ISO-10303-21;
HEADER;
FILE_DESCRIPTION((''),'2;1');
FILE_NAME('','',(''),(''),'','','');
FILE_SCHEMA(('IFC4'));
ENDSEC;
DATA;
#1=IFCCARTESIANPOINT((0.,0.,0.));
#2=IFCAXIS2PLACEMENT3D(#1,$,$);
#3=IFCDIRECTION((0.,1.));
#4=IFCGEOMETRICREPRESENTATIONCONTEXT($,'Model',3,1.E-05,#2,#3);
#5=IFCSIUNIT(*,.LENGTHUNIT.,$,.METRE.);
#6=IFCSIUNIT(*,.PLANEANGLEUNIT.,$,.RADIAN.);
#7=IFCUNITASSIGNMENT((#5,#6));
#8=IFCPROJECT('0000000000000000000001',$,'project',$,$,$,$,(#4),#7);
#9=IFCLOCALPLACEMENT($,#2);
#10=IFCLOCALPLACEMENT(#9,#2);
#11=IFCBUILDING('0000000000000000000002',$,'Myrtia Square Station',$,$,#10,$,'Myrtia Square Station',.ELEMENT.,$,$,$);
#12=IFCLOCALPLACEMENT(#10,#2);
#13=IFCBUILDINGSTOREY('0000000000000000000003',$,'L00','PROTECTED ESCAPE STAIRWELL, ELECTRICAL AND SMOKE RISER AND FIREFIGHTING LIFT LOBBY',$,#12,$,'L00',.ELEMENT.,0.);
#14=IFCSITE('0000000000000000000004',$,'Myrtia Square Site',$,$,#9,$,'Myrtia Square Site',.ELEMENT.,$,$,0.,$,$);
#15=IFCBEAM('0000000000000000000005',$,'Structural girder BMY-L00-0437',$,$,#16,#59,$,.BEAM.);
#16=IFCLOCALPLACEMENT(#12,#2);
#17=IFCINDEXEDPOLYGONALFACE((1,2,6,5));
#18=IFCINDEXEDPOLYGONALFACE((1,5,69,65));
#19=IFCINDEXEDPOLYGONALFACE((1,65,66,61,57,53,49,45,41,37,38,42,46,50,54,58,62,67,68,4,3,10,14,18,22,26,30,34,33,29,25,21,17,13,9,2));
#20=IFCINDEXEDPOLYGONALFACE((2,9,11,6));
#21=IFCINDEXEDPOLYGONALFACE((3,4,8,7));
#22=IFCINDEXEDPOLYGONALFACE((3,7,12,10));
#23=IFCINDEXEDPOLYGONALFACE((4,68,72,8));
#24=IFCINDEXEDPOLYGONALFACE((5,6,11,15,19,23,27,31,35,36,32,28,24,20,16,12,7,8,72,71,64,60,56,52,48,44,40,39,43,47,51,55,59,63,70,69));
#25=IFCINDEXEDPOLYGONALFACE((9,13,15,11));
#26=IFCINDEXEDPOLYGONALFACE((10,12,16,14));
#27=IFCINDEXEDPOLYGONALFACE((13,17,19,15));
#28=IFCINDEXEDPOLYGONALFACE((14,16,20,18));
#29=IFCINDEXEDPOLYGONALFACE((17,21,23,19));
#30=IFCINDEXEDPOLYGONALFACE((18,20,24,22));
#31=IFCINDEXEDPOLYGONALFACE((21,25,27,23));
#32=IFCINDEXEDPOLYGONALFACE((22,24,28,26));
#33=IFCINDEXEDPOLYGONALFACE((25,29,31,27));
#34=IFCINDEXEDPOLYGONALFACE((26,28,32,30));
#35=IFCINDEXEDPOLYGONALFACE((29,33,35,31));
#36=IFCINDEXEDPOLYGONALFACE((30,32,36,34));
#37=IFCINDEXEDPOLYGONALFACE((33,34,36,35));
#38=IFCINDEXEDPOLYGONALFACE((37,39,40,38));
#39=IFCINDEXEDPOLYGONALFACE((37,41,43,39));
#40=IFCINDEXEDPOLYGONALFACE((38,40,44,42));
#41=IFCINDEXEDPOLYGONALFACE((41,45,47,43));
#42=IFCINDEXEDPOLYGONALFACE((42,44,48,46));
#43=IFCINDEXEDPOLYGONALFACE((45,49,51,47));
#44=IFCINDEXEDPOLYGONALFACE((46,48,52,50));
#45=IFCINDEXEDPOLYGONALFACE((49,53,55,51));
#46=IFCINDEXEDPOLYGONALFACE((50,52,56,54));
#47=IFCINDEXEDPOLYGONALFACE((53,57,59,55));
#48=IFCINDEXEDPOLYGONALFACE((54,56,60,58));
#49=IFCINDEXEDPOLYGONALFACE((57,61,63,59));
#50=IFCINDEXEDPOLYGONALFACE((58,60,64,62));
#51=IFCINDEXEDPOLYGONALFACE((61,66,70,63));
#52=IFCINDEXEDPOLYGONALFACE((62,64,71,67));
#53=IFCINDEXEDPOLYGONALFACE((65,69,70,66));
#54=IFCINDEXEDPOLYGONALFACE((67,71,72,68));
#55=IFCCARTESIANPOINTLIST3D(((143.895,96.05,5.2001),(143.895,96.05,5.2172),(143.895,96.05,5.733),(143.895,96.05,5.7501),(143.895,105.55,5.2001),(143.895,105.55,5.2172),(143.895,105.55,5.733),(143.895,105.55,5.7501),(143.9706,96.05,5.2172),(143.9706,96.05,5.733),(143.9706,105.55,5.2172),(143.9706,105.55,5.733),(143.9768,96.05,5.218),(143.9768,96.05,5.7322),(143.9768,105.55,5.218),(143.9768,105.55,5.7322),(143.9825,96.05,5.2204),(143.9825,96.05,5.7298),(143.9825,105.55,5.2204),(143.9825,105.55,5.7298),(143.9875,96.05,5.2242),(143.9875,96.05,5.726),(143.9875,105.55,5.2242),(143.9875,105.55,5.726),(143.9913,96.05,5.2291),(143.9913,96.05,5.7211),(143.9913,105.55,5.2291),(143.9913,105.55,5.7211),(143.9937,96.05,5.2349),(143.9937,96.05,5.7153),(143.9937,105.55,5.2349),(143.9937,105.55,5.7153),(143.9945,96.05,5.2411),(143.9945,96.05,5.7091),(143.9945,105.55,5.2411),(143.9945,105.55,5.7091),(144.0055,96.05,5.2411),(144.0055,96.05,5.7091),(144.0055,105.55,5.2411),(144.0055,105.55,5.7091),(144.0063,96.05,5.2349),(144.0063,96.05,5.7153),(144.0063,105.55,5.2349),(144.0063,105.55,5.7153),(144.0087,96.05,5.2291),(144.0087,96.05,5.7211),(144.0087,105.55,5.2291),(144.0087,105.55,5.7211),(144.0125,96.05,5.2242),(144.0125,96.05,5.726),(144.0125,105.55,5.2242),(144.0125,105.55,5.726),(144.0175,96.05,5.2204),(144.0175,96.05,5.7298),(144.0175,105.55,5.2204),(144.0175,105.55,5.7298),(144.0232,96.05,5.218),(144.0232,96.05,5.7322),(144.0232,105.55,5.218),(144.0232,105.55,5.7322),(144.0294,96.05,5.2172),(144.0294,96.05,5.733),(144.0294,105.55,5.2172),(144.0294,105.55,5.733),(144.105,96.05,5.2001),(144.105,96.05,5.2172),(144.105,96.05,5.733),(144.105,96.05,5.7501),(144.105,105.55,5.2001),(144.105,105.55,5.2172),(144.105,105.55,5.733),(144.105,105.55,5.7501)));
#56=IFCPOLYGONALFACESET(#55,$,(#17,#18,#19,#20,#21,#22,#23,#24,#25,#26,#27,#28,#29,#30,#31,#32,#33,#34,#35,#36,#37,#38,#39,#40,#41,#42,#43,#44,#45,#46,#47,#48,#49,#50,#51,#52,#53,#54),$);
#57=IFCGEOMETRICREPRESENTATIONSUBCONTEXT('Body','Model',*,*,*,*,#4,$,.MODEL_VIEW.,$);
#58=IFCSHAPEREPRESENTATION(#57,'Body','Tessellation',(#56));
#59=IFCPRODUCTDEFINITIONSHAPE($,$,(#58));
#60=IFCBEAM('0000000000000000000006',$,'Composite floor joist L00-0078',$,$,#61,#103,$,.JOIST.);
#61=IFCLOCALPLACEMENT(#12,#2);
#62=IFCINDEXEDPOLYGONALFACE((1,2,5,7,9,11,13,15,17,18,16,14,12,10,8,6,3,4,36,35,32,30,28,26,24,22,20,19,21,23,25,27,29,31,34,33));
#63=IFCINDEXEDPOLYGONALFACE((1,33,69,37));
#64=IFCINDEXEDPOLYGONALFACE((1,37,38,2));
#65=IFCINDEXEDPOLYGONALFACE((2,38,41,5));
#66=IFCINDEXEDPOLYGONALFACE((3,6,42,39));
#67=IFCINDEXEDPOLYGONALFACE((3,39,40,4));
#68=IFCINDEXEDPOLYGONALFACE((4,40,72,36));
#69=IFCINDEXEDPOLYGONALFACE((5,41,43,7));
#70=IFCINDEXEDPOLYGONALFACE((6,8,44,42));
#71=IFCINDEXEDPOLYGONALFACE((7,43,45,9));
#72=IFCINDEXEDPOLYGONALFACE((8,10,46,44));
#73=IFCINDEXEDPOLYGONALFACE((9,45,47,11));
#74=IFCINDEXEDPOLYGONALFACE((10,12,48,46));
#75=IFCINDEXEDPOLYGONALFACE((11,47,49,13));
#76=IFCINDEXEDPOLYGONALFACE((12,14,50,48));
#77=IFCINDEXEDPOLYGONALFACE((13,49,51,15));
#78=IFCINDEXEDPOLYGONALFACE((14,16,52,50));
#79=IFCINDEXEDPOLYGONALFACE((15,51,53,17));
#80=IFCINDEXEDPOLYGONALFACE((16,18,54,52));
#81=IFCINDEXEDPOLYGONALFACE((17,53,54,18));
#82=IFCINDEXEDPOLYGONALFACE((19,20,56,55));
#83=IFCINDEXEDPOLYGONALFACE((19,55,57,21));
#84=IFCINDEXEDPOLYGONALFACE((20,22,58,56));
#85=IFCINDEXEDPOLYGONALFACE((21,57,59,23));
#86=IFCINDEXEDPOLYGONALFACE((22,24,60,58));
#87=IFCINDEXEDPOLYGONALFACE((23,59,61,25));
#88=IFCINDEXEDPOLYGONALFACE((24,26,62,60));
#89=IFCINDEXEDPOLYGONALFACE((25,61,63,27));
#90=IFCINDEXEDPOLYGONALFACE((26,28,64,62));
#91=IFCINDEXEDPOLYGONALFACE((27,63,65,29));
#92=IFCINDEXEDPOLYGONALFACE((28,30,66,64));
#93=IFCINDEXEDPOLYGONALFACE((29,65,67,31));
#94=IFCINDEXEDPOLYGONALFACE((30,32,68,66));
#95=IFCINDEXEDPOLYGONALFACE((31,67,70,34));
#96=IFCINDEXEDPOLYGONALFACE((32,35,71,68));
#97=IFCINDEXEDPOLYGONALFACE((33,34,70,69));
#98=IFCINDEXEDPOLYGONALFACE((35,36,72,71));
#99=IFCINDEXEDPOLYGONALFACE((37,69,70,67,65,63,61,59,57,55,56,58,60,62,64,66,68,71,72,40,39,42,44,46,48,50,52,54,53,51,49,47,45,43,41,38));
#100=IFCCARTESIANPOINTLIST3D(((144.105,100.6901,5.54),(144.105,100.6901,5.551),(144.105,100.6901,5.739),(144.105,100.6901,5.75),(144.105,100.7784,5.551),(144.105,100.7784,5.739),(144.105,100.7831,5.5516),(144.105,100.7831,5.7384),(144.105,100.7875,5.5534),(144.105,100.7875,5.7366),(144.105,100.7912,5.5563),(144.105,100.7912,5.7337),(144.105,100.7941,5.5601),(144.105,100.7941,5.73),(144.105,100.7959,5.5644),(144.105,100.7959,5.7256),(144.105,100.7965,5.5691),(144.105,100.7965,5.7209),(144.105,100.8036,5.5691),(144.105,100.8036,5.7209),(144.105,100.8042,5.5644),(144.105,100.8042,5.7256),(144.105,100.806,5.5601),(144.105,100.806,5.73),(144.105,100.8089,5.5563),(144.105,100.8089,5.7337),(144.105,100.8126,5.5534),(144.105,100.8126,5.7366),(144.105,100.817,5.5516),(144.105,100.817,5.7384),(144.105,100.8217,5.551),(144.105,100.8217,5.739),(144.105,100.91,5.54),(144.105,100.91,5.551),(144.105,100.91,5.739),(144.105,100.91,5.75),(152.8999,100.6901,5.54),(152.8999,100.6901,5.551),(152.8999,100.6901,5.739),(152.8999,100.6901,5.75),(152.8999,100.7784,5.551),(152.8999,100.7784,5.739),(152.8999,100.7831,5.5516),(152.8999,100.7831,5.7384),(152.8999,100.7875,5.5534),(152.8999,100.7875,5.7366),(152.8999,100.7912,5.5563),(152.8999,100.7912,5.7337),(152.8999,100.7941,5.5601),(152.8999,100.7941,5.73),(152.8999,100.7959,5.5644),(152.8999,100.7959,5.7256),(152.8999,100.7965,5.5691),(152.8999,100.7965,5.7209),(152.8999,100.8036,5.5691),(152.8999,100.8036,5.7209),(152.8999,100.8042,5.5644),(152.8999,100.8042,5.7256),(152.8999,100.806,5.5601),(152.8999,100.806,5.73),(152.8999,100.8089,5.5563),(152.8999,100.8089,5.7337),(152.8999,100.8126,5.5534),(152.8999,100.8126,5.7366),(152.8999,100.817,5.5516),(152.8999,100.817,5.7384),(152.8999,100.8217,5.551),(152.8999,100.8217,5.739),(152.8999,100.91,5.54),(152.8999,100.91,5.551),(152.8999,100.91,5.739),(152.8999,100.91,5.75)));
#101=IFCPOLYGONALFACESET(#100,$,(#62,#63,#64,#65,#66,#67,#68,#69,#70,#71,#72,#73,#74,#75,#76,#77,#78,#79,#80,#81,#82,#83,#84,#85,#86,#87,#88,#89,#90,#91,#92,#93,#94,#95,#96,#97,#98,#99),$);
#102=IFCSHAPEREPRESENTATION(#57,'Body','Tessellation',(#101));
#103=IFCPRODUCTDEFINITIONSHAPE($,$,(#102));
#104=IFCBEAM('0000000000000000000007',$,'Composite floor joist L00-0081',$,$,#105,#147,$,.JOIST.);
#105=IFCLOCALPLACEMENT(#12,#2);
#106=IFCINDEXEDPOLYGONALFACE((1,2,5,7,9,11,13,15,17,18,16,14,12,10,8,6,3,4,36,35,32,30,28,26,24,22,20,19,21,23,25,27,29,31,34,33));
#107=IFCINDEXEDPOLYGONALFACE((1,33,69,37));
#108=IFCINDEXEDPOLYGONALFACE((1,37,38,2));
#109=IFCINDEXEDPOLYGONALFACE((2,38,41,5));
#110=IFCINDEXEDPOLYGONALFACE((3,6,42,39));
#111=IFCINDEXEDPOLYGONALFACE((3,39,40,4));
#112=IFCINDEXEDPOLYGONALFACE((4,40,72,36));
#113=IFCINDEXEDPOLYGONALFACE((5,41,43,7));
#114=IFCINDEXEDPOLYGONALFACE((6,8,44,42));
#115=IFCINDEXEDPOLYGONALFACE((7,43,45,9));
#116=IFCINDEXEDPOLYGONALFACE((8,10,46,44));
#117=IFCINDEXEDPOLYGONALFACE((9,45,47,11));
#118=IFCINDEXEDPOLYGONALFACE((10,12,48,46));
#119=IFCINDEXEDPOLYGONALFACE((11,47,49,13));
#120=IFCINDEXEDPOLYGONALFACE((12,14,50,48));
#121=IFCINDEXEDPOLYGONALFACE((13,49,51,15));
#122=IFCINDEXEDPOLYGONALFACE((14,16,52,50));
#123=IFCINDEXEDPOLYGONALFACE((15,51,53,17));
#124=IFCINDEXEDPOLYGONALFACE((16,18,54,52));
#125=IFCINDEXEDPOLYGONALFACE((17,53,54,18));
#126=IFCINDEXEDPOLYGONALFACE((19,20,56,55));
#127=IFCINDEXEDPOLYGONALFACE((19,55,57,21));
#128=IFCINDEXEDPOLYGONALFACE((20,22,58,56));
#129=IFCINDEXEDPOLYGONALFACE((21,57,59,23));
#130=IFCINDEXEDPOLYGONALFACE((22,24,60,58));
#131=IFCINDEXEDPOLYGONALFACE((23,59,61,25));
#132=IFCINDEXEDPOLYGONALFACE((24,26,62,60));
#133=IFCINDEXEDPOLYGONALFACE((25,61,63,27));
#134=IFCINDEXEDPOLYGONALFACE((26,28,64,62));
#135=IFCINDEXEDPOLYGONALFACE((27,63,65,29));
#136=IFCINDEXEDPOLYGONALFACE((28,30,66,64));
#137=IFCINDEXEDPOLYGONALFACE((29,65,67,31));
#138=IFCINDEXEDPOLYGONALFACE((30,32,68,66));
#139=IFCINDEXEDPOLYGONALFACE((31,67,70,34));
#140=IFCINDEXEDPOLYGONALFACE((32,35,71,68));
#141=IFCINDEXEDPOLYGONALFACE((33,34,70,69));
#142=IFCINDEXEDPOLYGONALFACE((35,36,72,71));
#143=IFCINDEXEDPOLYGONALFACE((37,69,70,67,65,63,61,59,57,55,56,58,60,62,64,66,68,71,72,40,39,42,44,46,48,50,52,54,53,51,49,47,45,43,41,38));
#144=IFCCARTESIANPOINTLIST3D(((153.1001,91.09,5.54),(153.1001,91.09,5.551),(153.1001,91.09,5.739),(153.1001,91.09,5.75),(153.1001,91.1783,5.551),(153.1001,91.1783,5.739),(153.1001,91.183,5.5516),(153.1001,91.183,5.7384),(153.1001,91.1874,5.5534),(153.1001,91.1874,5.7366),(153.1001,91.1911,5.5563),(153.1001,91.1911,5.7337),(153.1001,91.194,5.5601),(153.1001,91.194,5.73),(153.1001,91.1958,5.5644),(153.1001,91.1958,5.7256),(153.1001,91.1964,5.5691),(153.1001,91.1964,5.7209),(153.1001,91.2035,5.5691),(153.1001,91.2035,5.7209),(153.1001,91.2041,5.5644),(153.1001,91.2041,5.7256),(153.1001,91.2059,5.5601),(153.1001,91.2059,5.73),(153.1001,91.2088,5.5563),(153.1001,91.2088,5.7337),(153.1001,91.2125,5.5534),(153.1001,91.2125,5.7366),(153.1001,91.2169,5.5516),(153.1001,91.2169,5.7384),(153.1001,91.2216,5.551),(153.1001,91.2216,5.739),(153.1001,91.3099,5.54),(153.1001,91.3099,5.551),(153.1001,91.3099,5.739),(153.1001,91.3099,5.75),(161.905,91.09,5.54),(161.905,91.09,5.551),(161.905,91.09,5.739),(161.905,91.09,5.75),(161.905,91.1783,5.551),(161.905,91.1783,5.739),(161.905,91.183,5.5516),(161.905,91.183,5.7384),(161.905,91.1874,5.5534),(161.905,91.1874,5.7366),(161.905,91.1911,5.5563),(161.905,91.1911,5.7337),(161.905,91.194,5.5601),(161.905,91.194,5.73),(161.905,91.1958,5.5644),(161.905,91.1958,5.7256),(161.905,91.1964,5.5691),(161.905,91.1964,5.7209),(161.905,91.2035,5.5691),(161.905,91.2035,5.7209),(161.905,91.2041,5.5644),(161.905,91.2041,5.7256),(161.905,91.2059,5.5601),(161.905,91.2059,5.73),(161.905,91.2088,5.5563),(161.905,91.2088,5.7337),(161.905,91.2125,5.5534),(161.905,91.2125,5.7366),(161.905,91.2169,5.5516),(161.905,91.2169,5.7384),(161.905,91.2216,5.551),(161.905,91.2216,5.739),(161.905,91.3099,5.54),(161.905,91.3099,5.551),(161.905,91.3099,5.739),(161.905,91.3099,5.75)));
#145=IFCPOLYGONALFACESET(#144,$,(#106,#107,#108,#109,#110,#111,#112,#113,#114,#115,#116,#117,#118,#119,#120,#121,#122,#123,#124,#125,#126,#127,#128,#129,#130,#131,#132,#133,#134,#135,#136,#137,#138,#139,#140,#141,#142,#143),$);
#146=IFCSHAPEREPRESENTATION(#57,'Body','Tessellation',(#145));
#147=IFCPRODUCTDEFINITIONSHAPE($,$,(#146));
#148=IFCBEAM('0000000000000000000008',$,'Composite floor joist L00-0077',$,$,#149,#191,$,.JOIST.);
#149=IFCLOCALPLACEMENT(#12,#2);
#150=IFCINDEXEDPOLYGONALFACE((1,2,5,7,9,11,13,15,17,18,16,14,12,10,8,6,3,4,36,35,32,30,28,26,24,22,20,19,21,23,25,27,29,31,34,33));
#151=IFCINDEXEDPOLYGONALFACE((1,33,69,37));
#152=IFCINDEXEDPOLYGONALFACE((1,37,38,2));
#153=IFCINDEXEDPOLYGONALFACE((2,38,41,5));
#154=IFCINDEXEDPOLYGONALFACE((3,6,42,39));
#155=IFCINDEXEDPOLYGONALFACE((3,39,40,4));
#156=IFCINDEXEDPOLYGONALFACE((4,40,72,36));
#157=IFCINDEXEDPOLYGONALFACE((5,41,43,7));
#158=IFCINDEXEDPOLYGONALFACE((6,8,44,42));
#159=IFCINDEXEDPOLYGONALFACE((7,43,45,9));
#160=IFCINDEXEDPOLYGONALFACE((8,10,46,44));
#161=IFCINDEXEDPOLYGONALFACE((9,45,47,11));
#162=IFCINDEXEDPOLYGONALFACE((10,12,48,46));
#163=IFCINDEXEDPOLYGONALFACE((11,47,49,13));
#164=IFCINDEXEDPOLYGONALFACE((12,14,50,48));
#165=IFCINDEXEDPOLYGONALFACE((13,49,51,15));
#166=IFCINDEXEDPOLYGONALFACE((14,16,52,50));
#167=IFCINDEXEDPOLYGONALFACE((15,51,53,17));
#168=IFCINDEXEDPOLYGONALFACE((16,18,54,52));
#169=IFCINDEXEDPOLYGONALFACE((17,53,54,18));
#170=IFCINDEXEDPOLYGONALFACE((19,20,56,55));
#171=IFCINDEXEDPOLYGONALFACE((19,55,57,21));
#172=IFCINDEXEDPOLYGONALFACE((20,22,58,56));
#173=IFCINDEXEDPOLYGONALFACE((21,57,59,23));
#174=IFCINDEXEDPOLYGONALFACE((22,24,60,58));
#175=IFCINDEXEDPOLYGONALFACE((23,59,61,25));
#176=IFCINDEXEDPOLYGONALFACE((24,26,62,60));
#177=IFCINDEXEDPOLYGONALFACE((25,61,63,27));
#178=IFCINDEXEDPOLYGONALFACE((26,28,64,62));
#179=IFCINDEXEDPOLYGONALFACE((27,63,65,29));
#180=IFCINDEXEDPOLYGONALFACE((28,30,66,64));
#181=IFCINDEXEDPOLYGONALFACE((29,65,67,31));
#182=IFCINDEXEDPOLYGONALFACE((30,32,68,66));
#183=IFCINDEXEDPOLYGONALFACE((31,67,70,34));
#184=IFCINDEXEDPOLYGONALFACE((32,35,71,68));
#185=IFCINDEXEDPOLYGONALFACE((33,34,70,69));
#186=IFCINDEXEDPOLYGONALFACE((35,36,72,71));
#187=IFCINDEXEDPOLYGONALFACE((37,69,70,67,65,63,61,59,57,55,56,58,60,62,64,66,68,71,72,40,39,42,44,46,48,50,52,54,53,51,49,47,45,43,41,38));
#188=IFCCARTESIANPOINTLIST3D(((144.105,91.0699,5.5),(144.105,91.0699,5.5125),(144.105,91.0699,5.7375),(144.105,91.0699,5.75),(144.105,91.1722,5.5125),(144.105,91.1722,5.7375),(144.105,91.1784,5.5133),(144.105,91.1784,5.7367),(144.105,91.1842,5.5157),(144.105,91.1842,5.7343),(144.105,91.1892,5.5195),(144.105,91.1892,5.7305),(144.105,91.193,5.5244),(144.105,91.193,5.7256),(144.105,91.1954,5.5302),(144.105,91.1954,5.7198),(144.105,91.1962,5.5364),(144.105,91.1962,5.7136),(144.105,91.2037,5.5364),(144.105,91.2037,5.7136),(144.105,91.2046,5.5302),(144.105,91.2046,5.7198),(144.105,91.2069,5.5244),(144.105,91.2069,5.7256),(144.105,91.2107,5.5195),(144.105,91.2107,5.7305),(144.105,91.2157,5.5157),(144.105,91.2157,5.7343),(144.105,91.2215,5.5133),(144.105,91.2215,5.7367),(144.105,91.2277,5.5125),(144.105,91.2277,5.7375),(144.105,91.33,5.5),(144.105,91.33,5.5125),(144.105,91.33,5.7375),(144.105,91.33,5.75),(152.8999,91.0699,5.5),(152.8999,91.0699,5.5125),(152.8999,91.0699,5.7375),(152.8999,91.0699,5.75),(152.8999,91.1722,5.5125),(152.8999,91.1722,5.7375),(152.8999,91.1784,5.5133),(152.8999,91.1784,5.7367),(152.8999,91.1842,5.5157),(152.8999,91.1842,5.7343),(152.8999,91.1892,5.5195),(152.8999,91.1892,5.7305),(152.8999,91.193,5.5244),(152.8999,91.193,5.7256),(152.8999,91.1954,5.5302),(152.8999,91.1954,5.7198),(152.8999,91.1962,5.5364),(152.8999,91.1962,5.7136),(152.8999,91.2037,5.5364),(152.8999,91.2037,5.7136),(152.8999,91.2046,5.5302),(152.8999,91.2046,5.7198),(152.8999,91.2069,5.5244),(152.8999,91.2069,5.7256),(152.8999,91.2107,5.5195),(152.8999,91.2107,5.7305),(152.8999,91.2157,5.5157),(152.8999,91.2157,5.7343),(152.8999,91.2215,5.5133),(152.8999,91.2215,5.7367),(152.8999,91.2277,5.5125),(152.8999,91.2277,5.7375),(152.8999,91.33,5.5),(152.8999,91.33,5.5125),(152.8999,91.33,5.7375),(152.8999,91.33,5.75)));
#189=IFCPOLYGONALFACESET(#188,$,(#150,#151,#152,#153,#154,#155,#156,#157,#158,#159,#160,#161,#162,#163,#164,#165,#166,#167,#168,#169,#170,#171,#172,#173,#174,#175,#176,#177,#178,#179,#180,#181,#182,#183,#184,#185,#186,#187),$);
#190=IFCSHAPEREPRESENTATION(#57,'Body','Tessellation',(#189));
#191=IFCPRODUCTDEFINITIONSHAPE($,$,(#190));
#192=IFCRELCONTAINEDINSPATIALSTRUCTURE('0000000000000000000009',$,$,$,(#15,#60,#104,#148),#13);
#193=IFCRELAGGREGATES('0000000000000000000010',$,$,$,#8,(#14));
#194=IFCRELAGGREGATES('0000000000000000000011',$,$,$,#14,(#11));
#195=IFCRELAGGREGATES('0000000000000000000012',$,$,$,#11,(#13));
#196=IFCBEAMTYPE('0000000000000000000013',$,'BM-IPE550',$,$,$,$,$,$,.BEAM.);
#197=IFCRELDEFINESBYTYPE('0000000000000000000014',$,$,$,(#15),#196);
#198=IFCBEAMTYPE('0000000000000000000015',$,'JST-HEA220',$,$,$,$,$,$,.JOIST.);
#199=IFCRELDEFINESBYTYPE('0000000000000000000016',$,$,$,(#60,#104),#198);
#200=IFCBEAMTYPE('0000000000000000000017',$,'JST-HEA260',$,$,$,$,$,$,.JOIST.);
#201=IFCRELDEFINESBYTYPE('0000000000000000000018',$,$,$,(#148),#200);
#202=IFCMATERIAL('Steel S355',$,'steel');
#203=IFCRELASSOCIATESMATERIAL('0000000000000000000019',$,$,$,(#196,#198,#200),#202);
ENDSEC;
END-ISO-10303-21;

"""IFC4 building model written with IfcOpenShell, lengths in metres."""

from ifc_helpers import new_model, si_unit, direction, frame, origin, origin_2d, place, context, subcontext, project, spatial, i_section, extrude, material, material_profile, profile_set, type_object, element, save


model = new_model("IFC4")

# Units and contexts
model_context = context("Model", 3, precision=1e-05, world=origin(), true_north=direction((0.0, 1.0)))
body_context = subcontext(model_context, "Body", "Model", "MODEL_VIEW")
ifc_project = project(units=[si_unit("LENGTHUNIT", "METRE"), si_unit("PLANEANGLEUNIT", "RADIAN")], contexts=[model_context])

# Site, building, storey
site_placement = place(None, origin())
site = spatial("IfcSite", under=ifc_project, at=site_placement, Name="Myrtia Square Site", LongName="Myrtia Square Site", CompositionType="ELEMENT", RefElevation=0.0)
building_placement = place(site_placement, origin())
building = spatial("IfcBuilding", under=site, at=building_placement, Name="Myrtia Square Station", LongName="Myrtia Square Station", CompositionType="ELEMENT")
storey_placement = place(building_placement, origin())
storey = spatial("IfcBuildingStorey", under=building, at=storey_placement, Name="L00", Description="PROTECTED ESCAPE STAIRWELL, ELECTRICAL AND SMOKE RISER AND FIREFIGHTING LIFT LOBBY", LongName="L00", CompositionType="ELEMENT", Elevation=0.0)

# Shared definitions
ifc_material_1 = material(Name="Steel S355", Category="steel")

# Beams
ifc_material_profile_1 = material_profile(ifc_material_1, i_section(OverallWidth=0.21, OverallDepth=0.55, WebThickness=0.011, FlangeThickness=0.0171, FilletRadius=0.0239, at=origin_2d()), Name="IPE 550")
ifc_profile_set_1 = profile_set([ifc_material_profile_1], Name="Steel S355")
beam_type_1 = type_object("IfcBeamType", Name="BM-IPE550", PredefinedType="BEAM", material=ifc_profile_set_1)
for number, where, z_axis, x_axis, name in (
    (1, (144.0, 96.05, 5.4751), (0.0, 1.0, 0.0), (-1.0, 0.0, 0.0), "Structural girder BMY-L00-0437"),
):
    element("IfcBeam", number, at=place(storey_placement, frame(where, z_axis=z_axis, x_axis=x_axis)), inside=storey, type_object=beam_type_1, Name=name, PredefinedType="BEAM", context=body_context, shape_type="SweptSolid", body=[
        extrude(i_section(OverallWidth=0.21, OverallDepth=0.55, WebThickness=0.011, FlangeThickness=0.0171, FilletRadius=0.0239, at=origin_2d()), origin(), (0.0, 0.0, 1.0), 9.5),
    ])
ifc_material_profile_2 = material_profile(ifc_material_1, i_section(OverallWidth=0.22, OverallDepth=0.21, WebThickness=0.0071, FlangeThickness=0.011, FilletRadius=0.0181, at=origin_2d()), Name="HEA 220")
ifc_profile_set_2 = profile_set([ifc_material_profile_2], Name="Steel S355")
beam_type_2 = type_object("IfcBeamType", Name="JST-HEA220", PredefinedType="JOIST", material=ifc_profile_set_2)
beam_1_placement = place(storey_placement, frame((144.105, 100.8, 5.645), z_axis=(1.0, 0.0, 0.0), x_axis=(0.0, 1.0, 0.0)))
element("IfcBeam", 2, at=beam_1_placement, inside=storey, type_object=beam_type_2, Name="Composite floor joist L00-0078", PredefinedType="JOIST", context=body_context, shape_type="SweptSolid", body=[
    extrude(i_section(OverallWidth=0.22, OverallDepth=0.21, WebThickness=0.0071, FlangeThickness=0.011, FilletRadius=0.0181, at=origin_2d()), origin(), (0.0, 0.0, 1.0), 8.7949),
])
beam_2_placement = place(storey_placement, frame((153.1001, 91.2, 5.645), z_axis=(1.0, 0.0, 0.0), x_axis=(0.0, 1.0, 0.0)))
element("IfcBeam", 3, at=beam_2_placement, inside=storey, type_object=beam_type_2, Name="Composite floor joist L00-0081", PredefinedType="JOIST", context=body_context, shape_type="SweptSolid", body=[
    extrude(i_section(OverallWidth=0.22, OverallDepth=0.21, WebThickness=0.0071, FlangeThickness=0.011, FilletRadius=0.0181, at=origin_2d()), origin(), (0.0, 0.0, 1.0), 8.8049),
])
ifc_material_profile_3 = material_profile(ifc_material_1, i_section(OverallWidth=0.26, OverallDepth=0.25, WebThickness=0.0076, FlangeThickness=0.0125, FilletRadius=0.0239, at=origin_2d()), Name="HEA 260")
ifc_profile_set_3 = profile_set([ifc_material_profile_3], Name="Steel S355")
beam_type_3 = type_object("IfcBeamType", Name="JST-HEA260", PredefinedType="JOIST", material=ifc_profile_set_3)
beam_3_placement = place(storey_placement, frame((144.105, 91.2, 5.625), z_axis=(1.0, 0.0, 0.0), x_axis=(0.0, 1.0, 0.0)))
element("IfcBeam", 4, at=beam_3_placement, inside=storey, type_object=beam_type_3, Name="Composite floor joist L00-0077", PredefinedType="JOIST", context=body_context, shape_type="SweptSolid", body=[
    extrude(i_section(OverallWidth=0.26, OverallDepth=0.25, WebThickness=0.0076, FlangeThickness=0.0125, FilletRadius=0.0239, at=origin_2d()), origin(), (0.0, 0.0, 1.0), 8.7949),
])

save(model, "model.ifc")
